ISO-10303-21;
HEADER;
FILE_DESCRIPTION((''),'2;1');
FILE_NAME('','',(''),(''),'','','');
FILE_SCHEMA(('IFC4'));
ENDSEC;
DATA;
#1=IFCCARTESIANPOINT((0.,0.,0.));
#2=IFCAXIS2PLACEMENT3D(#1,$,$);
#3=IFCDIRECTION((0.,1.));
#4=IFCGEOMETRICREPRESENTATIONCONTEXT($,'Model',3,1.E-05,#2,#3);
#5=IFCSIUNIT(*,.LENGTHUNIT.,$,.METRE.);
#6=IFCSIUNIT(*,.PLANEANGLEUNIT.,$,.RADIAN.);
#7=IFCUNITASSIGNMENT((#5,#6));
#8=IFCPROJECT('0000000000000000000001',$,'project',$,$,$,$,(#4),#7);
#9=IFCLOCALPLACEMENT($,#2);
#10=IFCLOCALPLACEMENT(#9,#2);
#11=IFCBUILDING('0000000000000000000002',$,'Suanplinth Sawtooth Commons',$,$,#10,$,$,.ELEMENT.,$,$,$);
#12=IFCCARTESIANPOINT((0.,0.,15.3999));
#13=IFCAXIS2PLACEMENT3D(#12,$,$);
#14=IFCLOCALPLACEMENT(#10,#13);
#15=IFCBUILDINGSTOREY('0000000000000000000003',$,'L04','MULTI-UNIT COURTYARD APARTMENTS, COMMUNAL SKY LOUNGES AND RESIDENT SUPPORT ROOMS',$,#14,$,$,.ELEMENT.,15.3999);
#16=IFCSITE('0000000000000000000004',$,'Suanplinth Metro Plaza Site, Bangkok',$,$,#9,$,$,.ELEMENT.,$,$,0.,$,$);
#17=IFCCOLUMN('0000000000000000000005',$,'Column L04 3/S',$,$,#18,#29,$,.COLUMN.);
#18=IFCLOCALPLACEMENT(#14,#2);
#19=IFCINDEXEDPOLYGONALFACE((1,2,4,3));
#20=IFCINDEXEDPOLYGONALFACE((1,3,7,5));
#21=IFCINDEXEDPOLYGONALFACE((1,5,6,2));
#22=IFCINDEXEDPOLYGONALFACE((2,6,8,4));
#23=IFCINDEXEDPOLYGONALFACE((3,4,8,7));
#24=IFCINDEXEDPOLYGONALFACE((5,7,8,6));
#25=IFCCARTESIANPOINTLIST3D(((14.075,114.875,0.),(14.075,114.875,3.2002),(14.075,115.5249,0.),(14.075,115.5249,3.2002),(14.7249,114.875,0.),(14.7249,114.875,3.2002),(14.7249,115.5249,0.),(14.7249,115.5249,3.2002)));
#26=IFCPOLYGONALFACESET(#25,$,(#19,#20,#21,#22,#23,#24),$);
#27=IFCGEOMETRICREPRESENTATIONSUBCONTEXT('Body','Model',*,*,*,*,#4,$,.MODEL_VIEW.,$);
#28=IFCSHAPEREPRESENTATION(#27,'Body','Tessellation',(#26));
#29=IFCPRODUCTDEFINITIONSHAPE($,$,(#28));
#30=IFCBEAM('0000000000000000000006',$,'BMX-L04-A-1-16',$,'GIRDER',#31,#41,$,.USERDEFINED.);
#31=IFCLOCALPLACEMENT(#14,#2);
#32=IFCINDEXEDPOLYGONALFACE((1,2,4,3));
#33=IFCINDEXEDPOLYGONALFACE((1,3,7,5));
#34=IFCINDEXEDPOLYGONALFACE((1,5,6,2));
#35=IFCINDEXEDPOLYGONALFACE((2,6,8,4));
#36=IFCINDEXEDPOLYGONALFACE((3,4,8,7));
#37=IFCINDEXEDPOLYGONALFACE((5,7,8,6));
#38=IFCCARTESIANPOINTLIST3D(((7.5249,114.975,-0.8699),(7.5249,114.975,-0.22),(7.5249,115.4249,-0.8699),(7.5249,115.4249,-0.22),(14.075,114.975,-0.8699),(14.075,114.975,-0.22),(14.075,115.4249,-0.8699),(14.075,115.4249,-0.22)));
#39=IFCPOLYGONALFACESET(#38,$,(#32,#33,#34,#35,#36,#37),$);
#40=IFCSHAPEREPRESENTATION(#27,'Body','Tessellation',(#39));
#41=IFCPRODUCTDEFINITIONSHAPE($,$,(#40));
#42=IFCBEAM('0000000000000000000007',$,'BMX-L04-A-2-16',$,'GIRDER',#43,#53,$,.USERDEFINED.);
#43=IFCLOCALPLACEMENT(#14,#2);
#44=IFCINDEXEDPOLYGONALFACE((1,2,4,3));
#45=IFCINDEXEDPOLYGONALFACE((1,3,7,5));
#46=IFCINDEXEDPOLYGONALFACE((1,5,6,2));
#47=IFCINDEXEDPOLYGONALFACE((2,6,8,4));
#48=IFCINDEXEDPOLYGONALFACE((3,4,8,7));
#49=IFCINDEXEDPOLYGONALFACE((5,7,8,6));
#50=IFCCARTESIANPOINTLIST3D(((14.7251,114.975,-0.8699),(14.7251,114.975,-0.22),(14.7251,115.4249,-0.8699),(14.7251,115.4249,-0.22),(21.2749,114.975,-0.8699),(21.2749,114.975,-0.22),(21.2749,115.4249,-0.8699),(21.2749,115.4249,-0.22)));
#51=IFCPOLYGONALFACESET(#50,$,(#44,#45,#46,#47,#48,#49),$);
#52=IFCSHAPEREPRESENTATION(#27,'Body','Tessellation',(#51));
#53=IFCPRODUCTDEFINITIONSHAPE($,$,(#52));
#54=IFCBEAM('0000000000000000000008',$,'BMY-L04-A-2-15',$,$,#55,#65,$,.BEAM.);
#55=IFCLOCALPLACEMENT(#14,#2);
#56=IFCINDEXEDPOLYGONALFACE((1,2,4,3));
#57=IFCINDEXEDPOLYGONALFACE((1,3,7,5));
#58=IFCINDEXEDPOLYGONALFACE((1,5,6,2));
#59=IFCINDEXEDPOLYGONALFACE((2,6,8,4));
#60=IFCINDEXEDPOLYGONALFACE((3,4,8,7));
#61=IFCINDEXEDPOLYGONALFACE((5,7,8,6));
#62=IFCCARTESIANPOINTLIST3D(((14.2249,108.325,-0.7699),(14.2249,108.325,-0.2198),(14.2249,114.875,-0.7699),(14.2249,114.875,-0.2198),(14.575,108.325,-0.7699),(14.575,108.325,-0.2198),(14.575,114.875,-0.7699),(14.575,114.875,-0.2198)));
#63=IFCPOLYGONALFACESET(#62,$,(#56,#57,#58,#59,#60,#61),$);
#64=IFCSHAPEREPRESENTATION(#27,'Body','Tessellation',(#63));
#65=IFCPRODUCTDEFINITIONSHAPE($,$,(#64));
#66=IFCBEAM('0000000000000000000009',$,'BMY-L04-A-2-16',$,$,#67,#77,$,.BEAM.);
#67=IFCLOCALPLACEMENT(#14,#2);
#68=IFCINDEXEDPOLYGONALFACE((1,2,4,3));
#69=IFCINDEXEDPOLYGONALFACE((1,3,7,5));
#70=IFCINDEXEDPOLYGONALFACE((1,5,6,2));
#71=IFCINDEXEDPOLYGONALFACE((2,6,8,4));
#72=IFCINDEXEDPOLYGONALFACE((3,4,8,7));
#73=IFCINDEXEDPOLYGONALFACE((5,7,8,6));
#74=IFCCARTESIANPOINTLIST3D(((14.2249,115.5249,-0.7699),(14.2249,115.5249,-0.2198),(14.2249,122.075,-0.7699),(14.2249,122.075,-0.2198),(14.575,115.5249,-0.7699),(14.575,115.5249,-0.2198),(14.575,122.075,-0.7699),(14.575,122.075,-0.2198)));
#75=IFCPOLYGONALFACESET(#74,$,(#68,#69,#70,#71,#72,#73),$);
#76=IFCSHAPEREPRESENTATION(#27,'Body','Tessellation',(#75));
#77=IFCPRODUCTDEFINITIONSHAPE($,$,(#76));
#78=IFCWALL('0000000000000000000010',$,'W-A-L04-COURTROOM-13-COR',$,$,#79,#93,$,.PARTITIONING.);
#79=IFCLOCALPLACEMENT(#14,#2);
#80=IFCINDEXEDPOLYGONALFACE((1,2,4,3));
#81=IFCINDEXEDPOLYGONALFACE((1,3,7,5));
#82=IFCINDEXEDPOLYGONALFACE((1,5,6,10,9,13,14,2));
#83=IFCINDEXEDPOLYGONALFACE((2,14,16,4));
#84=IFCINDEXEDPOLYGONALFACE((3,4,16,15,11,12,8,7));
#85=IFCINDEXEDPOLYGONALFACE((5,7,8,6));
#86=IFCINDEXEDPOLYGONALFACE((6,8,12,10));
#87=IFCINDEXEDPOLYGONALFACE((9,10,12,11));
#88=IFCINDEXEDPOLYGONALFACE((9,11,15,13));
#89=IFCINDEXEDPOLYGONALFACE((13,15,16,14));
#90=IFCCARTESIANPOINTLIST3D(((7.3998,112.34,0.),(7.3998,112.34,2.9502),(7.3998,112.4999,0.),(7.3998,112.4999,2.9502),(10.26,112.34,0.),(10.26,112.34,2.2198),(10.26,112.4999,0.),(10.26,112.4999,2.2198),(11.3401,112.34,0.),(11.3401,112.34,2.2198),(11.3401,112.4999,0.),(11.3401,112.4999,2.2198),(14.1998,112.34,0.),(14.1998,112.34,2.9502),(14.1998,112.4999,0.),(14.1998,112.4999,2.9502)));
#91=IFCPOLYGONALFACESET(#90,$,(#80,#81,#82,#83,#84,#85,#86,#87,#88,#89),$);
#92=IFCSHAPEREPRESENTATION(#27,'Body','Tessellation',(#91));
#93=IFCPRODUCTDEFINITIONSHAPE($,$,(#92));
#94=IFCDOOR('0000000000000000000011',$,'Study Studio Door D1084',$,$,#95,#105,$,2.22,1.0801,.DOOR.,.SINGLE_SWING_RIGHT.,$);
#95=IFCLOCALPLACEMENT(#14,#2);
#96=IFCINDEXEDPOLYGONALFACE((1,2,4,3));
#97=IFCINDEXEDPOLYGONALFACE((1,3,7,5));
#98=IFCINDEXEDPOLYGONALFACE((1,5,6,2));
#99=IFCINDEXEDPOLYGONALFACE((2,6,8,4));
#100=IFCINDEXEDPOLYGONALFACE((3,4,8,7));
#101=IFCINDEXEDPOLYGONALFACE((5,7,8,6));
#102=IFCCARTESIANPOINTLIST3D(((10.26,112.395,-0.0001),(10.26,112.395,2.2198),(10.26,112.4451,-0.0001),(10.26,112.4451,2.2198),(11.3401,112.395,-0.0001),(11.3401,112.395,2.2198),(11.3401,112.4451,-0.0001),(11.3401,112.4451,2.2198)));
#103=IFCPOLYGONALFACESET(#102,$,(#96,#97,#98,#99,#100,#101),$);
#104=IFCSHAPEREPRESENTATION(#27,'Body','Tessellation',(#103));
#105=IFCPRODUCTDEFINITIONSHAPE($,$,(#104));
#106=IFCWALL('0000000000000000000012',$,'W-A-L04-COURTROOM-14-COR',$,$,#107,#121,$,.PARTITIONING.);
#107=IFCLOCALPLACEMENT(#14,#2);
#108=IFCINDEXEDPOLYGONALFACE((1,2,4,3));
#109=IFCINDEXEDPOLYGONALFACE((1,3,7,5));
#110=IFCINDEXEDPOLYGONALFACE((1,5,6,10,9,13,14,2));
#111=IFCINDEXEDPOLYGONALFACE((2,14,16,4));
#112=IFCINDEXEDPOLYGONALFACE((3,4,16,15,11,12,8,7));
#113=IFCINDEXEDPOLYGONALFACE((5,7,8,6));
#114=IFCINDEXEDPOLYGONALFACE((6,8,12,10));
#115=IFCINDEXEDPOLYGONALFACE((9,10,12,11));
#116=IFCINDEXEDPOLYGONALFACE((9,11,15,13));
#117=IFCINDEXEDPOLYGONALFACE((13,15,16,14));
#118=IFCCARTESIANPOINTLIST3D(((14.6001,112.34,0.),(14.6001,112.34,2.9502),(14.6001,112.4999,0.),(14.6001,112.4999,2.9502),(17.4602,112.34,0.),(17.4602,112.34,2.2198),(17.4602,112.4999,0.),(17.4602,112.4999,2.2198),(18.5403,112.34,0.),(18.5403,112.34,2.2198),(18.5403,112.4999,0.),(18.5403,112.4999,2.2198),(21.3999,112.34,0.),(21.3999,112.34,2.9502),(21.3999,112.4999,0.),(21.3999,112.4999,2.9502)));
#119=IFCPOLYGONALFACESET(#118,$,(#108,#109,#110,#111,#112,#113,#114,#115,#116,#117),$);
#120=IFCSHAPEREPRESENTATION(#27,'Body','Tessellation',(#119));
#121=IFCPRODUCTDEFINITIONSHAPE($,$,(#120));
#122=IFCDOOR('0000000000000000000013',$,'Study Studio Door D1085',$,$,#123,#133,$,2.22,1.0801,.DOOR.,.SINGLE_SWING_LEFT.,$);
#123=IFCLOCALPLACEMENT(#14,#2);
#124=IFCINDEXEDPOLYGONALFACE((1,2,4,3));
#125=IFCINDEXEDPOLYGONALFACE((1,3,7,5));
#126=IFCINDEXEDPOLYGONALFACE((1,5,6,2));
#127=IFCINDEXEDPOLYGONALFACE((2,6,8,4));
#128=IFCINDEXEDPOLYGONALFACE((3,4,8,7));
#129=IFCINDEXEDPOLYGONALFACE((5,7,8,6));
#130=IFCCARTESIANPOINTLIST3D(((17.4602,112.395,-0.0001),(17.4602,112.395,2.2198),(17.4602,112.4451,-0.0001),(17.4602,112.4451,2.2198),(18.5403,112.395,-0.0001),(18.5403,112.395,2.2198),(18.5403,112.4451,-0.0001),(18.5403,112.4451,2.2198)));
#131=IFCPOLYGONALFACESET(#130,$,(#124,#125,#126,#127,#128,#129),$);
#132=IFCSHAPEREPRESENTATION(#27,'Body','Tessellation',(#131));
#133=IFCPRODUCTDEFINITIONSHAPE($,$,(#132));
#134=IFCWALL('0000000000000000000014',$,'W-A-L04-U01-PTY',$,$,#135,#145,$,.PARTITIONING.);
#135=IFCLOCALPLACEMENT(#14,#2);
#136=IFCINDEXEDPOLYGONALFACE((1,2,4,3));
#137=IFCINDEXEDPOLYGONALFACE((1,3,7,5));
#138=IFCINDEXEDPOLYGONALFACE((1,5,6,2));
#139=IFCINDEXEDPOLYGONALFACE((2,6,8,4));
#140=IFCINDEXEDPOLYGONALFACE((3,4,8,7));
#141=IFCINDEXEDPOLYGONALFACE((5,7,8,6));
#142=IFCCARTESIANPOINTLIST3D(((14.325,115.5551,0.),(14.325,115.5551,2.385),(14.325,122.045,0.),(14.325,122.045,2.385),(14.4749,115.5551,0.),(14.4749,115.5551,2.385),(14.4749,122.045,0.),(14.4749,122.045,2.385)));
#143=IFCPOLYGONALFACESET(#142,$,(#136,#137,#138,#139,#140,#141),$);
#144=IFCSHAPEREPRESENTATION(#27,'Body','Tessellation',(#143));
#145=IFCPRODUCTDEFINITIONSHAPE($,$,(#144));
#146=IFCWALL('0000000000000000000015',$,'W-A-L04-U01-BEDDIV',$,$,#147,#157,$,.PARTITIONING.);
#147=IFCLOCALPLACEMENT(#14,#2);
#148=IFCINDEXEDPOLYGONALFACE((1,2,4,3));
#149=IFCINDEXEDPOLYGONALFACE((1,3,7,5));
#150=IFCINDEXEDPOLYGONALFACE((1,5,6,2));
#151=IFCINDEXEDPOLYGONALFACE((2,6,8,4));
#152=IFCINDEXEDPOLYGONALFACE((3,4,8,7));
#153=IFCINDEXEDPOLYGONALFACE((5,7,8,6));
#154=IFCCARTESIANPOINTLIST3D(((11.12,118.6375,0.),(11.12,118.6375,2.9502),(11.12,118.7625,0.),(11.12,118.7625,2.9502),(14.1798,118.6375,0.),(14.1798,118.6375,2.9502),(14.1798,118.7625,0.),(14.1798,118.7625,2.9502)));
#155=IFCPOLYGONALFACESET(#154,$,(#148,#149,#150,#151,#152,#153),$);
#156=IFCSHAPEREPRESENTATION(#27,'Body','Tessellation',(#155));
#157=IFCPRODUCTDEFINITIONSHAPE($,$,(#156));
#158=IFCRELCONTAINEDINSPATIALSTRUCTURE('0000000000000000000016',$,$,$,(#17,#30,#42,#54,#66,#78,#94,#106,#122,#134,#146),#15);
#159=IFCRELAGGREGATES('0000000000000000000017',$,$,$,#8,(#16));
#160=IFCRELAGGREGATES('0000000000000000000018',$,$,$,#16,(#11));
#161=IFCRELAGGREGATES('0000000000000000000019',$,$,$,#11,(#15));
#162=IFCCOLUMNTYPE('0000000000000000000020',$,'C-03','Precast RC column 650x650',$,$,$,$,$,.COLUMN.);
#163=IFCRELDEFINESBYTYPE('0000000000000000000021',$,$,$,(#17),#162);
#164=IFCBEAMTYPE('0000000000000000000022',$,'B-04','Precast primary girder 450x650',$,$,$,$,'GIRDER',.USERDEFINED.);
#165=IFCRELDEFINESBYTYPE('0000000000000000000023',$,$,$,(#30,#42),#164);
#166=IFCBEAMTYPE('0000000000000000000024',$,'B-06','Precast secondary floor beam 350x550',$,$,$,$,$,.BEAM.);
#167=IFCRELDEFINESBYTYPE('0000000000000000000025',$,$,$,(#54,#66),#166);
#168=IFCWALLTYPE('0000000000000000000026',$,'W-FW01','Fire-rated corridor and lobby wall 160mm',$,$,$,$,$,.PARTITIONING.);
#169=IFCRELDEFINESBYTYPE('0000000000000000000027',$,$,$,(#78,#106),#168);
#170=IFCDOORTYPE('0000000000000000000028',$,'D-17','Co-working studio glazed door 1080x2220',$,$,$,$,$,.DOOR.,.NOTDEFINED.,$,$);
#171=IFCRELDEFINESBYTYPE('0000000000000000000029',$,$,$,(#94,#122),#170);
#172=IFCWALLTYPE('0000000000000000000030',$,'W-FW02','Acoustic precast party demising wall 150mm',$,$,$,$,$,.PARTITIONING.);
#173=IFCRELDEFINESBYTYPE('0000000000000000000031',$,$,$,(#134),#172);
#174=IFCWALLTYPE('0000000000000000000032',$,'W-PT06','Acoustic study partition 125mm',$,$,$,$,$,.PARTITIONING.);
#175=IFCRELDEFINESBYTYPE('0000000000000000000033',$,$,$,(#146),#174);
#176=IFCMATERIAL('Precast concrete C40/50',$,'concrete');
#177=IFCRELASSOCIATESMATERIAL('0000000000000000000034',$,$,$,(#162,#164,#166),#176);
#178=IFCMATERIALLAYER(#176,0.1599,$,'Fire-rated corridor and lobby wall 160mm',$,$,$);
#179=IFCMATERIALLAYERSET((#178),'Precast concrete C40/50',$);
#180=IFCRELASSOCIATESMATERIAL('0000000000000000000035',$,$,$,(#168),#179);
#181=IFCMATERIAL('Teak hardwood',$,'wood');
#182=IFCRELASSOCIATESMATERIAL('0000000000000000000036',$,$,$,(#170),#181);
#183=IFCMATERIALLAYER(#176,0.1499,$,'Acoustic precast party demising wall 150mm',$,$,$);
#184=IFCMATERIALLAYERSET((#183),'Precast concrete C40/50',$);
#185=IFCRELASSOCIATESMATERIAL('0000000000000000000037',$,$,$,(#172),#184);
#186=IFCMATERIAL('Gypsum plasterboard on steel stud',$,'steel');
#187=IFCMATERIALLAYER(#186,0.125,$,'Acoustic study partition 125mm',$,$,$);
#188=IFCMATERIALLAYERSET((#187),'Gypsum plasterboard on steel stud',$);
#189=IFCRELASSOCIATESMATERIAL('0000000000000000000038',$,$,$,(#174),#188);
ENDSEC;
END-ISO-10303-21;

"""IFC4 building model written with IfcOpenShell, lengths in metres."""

from ifc_helpers import new_model, si_unit, direction, frame, frame_2d, origin, origin_2d, place, context, subcontext, project, spatial, rectangle, extrude, material, layer, layer_set, material_profile, profile_set, type_object, element, fill, save


model = new_model("IFC4")

# Units and contexts
model_context = context("Model", 3, precision=1e-05, world=origin(), true_north=direction((0.0, 1.0)))
body_context = subcontext(model_context, "Body", "Model", "MODEL_VIEW")
ifc_project = project(units=[si_unit("LENGTHUNIT", "METRE"), si_unit("PLANEANGLEUNIT", "RADIAN")], contexts=[model_context])

# Site, building, storey
site_placement = place(None, origin())
site = spatial("IfcSite", under=ifc_project, at=site_placement, Name="Suanplinth Metro Plaza Site, Bangkok", CompositionType="ELEMENT", RefElevation=0.0)
building_placement = place(site_placement, origin())
building = spatial("IfcBuilding", under=site, at=building_placement, Name="Suanplinth Sawtooth Commons", CompositionType="ELEMENT")
storey_placement = place(building_placement, frame((0.0, 0.0, 15.3999)))
storey = spatial("IfcBuildingStorey", under=building, at=storey_placement, Name="L04", Description="MULTI-UNIT COURTYARD APARTMENTS, COMMUNAL SKY LOUNGES AND RESIDENT SUPPORT ROOMS", CompositionType="ELEMENT", Elevation=15.3999)

# Column
ifc_material_1 = material(Name="Precast concrete C40/50", Category="concrete")
ifc_material_profile_1 = material_profile(ifc_material_1, rectangle(XDim=0.6499, YDim=0.6499, at=origin_2d()), Name="PC-COL 650x650")
ifc_profile_set_1 = profile_set([ifc_material_profile_1], Name="Precast concrete C40/50")
column_type = type_object("IfcColumnType", Name="C-03", Description="Precast RC column 650x650", PredefinedType="COLUMN", material=ifc_profile_set_1)
column_placement = place(storey_placement, frame((14.3999, 115.2, 0.0), z_axis=(0.0, 0.0, 1.0), x_axis=(1.0, 0.0, 0.0)))
element("IfcColumn", 1, at=column_placement, inside=storey, type_object=column_type, Name="Column L04 3/S", PredefinedType="COLUMN", context=body_context, shape_type="SweptSolid", body=[
    extrude(rectangle(XDim=0.6499, YDim=0.6499, at=origin_2d()), origin(), (0.0, 0.0, 1.0), 3.2002),
])

# Beams
ifc_material_profile_2 = material_profile(ifc_material_1, rectangle(XDim=0.45, YDim=0.6499, at=origin_2d()), Name="PC-GDR 450x650")
ifc_profile_set_2 = profile_set([ifc_material_profile_2], Name="Precast concrete C40/50")
beam_type_1 = type_object("IfcBeamType", Name="B-04", Description="Precast primary girder 450x650", ElementType="GIRDER", PredefinedType="USERDEFINED", material=ifc_profile_set_2)
beam_1_placement = place(storey_placement, frame((7.5249, 115.2, -0.5449), z_axis=(1.0, 0.0, 0.0), x_axis=(0.0, 1.0, 0.0)))
element("IfcBeam", 2, at=beam_1_placement, inside=storey, type_object=beam_type_1, Name="BMX-L04-A-1-16", ObjectType="GIRDER", PredefinedType="USERDEFINED", context=body_context, shape_type="SweptSolid", body=[
    extrude(rectangle(XDim=0.45, YDim=0.6499, at=origin_2d()), origin(), (0.0, 0.0, 1.0), 6.55),
])
beam_2_placement = place(storey_placement, frame((14.7251, 115.2, -0.5449), z_axis=(1.0, 0.0, 0.0), x_axis=(0.0, 1.0, 0.0)))
element("IfcBeam", 3, at=beam_2_placement, inside=storey, type_object=beam_type_1, Name="BMX-L04-A-2-16", ObjectType="GIRDER", PredefinedType="USERDEFINED", context=body_context, shape_type="SweptSolid", body=[
    extrude(rectangle(XDim=0.45, YDim=0.6499, at=origin_2d()), origin(), (0.0, 0.0, 1.0), 6.5498),
])
ifc_material_profile_3 = material_profile(ifc_material_1, rectangle(XDim=0.3501, YDim=0.55, at=origin_2d()), Name="PC-BM 350x550")
ifc_profile_set_3 = profile_set([ifc_material_profile_3], Name="Precast concrete C40/50")
beam_type_2 = type_object("IfcBeamType", Name="B-06", Description="Precast secondary floor beam 350x550", PredefinedType="BEAM", material=ifc_profile_set_3)
for number, where, z_axis, x_axis, name in (
    (4, (14.3999, 108.325, -0.4949), (0.0, 1.0, 0.0), (-1.0, 0.0, 0.0), "BMY-L04-A-2-15"),
    (5, (14.3999, 115.5249, -0.4949), (0.0, 1.0, 0.0), (-1.0, 0.0, 0.0), "BMY-L04-A-2-16"),
):
    element("IfcBeam", number, at=place(storey_placement, frame(where, z_axis=z_axis, x_axis=x_axis)), inside=storey, type_object=beam_type_2, Name=name, PredefinedType="BEAM", context=body_context, shape_type="SweptSolid", body=[
        extrude(rectangle(XDim=0.3501, YDim=0.55, at=origin_2d()), origin(), (0.0, 0.0, 1.0), 6.55),
    ])

# Walls, openings, doors
ifc_layer_1 = layer(ifc_material_1, 0.1599, Name="Fire-rated corridor and lobby wall 160mm")
ifc_layer_set_1 = layer_set([ifc_layer_1], Name="Precast concrete C40/50")
wall_type_1 = type_object("IfcWallType", Name="W-FW01", Description="Fire-rated corridor and lobby wall 160mm", PredefinedType="PARTITIONING", material=ifc_layer_set_1)
wall_1_placement = place(storey_placement, frame((7.3999, 112.4199, 0.0), z_axis=(0.0, 0.0, 1.0), x_axis=(1.0, 0.0, 0.0)))
wall_1 = element("IfcWall", 6, at=wall_1_placement, inside=storey, type_object=wall_type_1, Name="W-A-L04-COURTROOM-13-COR", PredefinedType="PARTITIONING", context=body_context, shape_type="SweptSolid", body=[
    extrude(rectangle(XDim=6.8, YDim=0.1599, at=frame_2d((3.3999, 0.0))), origin(), (0.0, 0.0, 1.0), 2.9502),
])
opening_1_placement = place(wall_1_placement, frame((2.8601, 0.0, 0.0)))
opening_1 = element("IfcOpeningElement", 7, at=opening_1_placement, cuts=wall_1, PredefinedType="OPENING", context=body_context, shape_type="SweptSolid", body=[
    extrude(rectangle(XDim=1.0801, YDim=2.22, at=frame_2d((0.54, 1.1099))), frame((0.0, 0.0947, 0.0), z_axis=(0.0, -1.0, 0.0), x_axis=(1.0, 0.0, 0.0)), (0.0, 0.0, 1.0), 0.1897),
])
ifc_material_2 = material(Name="Teak hardwood", Category="wood")
door_type_1 = type_object("IfcDoorType", Name="D-17", Description="Co-working studio glazed door 1080x2220", OperationType="NOTDEFINED", PredefinedType="DOOR", material=ifc_material_2)
door_1_placement = place(opening_1_placement, frame((1.0801, 0.0, 0.0), z_axis=(0.0, 0.0, 1.0), x_axis=(-1.0, 0.0, 0.0)))
door_1 = element("IfcDoor", 8, at=door_1_placement, inside=storey, type_object=door_type_1, Name="Study Studio Door D1084", OperationType="SINGLE_SWING_RIGHT", OverallHeight=2.22, OverallWidth=1.0801, PredefinedType="DOOR", context=body_context, shape_type="SweptSolid", body=[
    extrude(rectangle(XDim=1.0801, YDim=2.22, at=frame_2d((0.54, 1.1099))), frame((0.0, 0.0249, 0.0), z_axis=(0.0, -1.0, 0.0), x_axis=(1.0, 0.0, 0.0)), (0.0, 0.0, 1.0), 0.05),
])
fill(opening_1, door_1)
wall_2_placement = place(storey_placement, frame((14.6001, 112.4199, 0.0), z_axis=(0.0, 0.0, 1.0), x_axis=(1.0, 0.0, 0.0)))
wall_2 = element("IfcWall", 9, at=wall_2_placement, inside=storey, type_object=wall_type_1, Name="W-A-L04-COURTROOM-14-COR", PredefinedType="PARTITIONING", context=body_context, shape_type="SweptSolid", body=[
    extrude(rectangle(XDim=6.7998, YDim=0.1599, at=frame_2d((3.3999, 0.0))), origin(), (0.0, 0.0, 1.0), 2.9502),
])
opening_2_placement = place(wall_2_placement, frame((2.8601, 0.0, 0.0)))
opening_2 = element("IfcOpeningElement", 10, at=opening_2_placement, cuts=wall_2, PredefinedType="OPENING", context=body_context, shape_type="SweptSolid", body=[
    extrude(rectangle(XDim=1.0801, YDim=2.22, at=frame_2d((0.54, 1.1099))), frame((0.0, 0.0947, 0.0), z_axis=(0.0, -1.0, 0.0), x_axis=(1.0, 0.0, 0.0)), (0.0, 0.0, 1.0), 0.1897),
])
door_2_placement = place(opening_2_placement, frame((1.0801, 0.0, 0.0), z_axis=(0.0, 0.0, 1.0), x_axis=(-1.0, 0.0, 0.0)))
door_2 = element("IfcDoor", 11, at=door_2_placement, inside=storey, type_object=door_type_1, Name="Study Studio Door D1085", OperationType="SINGLE_SWING_LEFT", OverallHeight=2.22, OverallWidth=1.0801, PredefinedType="DOOR", context=body_context, shape_type="SweptSolid", body=[
    extrude(rectangle(XDim=1.0801, YDim=2.22, at=frame_2d((0.54, 1.1099))), frame((0.0, 0.0249, 0.0), z_axis=(0.0, -1.0, 0.0), x_axis=(1.0, 0.0, 0.0)), (0.0, 0.0, 1.0), 0.05),
])
fill(opening_2, door_2)

# Wall
ifc_layer_2 = layer(ifc_material_1, 0.1499, Name="Acoustic precast party demising wall 150mm")
ifc_layer_set_2 = layer_set([ifc_layer_2], Name="Precast concrete C40/50")
wall_type_2 = type_object("IfcWallType", Name="W-FW02", Description="Acoustic precast party demising wall 150mm", PredefinedType="PARTITIONING", material=ifc_layer_set_2)
wall_3_placement = place(storey_placement, frame((14.3999, 115.5549, 0.0), z_axis=(0.0, 0.0, 1.0), x_axis=(0.0, 1.0, 0.0)))
element("IfcWall", 12, at=wall_3_placement, inside=storey, type_object=wall_type_2, Name="W-A-L04-U01-PTY", PredefinedType="PARTITIONING", context=body_context, shape_type="SweptSolid", body=[
    extrude(rectangle(XDim=6.49, YDim=0.1499, at=frame_2d((3.2451, 0.0))), origin(), (0.0, 0.0, 1.0), 2.385),
])

# Shared definitions
ifc_material_3 = material(Name="Gypsum plasterboard on steel stud", Category="steel")

# Wall
ifc_layer_3 = layer(ifc_material_3, 0.125, Name="Acoustic study partition 125mm")
ifc_layer_set_3 = layer_set([ifc_layer_3], Name="Gypsum plasterboard on steel stud")
wall_type_3 = type_object("IfcWallType", Name="W-PT06", Description="Acoustic study partition 125mm", PredefinedType="PARTITIONING", material=ifc_layer_set_3)
wall_4_placement = place(storey_placement, frame((11.1201, 118.7, 0.0), z_axis=(0.0, 0.0, 1.0), x_axis=(1.0, 0.0, 0.0)))
element("IfcWall", 13, at=wall_4_placement, inside=storey, type_object=wall_type_3, Name="W-A-L04-U01-BEDDIV", PredefinedType="PARTITIONING", context=body_context, shape_type="SweptSolid", body=[
    extrude(rectangle(XDim=3.0598, YDim=0.125, at=frame_2d((1.5298, 0.0))), origin(), (0.0, 0.0, 1.0), 2.9502),
])

save(model, "model.ifc")
